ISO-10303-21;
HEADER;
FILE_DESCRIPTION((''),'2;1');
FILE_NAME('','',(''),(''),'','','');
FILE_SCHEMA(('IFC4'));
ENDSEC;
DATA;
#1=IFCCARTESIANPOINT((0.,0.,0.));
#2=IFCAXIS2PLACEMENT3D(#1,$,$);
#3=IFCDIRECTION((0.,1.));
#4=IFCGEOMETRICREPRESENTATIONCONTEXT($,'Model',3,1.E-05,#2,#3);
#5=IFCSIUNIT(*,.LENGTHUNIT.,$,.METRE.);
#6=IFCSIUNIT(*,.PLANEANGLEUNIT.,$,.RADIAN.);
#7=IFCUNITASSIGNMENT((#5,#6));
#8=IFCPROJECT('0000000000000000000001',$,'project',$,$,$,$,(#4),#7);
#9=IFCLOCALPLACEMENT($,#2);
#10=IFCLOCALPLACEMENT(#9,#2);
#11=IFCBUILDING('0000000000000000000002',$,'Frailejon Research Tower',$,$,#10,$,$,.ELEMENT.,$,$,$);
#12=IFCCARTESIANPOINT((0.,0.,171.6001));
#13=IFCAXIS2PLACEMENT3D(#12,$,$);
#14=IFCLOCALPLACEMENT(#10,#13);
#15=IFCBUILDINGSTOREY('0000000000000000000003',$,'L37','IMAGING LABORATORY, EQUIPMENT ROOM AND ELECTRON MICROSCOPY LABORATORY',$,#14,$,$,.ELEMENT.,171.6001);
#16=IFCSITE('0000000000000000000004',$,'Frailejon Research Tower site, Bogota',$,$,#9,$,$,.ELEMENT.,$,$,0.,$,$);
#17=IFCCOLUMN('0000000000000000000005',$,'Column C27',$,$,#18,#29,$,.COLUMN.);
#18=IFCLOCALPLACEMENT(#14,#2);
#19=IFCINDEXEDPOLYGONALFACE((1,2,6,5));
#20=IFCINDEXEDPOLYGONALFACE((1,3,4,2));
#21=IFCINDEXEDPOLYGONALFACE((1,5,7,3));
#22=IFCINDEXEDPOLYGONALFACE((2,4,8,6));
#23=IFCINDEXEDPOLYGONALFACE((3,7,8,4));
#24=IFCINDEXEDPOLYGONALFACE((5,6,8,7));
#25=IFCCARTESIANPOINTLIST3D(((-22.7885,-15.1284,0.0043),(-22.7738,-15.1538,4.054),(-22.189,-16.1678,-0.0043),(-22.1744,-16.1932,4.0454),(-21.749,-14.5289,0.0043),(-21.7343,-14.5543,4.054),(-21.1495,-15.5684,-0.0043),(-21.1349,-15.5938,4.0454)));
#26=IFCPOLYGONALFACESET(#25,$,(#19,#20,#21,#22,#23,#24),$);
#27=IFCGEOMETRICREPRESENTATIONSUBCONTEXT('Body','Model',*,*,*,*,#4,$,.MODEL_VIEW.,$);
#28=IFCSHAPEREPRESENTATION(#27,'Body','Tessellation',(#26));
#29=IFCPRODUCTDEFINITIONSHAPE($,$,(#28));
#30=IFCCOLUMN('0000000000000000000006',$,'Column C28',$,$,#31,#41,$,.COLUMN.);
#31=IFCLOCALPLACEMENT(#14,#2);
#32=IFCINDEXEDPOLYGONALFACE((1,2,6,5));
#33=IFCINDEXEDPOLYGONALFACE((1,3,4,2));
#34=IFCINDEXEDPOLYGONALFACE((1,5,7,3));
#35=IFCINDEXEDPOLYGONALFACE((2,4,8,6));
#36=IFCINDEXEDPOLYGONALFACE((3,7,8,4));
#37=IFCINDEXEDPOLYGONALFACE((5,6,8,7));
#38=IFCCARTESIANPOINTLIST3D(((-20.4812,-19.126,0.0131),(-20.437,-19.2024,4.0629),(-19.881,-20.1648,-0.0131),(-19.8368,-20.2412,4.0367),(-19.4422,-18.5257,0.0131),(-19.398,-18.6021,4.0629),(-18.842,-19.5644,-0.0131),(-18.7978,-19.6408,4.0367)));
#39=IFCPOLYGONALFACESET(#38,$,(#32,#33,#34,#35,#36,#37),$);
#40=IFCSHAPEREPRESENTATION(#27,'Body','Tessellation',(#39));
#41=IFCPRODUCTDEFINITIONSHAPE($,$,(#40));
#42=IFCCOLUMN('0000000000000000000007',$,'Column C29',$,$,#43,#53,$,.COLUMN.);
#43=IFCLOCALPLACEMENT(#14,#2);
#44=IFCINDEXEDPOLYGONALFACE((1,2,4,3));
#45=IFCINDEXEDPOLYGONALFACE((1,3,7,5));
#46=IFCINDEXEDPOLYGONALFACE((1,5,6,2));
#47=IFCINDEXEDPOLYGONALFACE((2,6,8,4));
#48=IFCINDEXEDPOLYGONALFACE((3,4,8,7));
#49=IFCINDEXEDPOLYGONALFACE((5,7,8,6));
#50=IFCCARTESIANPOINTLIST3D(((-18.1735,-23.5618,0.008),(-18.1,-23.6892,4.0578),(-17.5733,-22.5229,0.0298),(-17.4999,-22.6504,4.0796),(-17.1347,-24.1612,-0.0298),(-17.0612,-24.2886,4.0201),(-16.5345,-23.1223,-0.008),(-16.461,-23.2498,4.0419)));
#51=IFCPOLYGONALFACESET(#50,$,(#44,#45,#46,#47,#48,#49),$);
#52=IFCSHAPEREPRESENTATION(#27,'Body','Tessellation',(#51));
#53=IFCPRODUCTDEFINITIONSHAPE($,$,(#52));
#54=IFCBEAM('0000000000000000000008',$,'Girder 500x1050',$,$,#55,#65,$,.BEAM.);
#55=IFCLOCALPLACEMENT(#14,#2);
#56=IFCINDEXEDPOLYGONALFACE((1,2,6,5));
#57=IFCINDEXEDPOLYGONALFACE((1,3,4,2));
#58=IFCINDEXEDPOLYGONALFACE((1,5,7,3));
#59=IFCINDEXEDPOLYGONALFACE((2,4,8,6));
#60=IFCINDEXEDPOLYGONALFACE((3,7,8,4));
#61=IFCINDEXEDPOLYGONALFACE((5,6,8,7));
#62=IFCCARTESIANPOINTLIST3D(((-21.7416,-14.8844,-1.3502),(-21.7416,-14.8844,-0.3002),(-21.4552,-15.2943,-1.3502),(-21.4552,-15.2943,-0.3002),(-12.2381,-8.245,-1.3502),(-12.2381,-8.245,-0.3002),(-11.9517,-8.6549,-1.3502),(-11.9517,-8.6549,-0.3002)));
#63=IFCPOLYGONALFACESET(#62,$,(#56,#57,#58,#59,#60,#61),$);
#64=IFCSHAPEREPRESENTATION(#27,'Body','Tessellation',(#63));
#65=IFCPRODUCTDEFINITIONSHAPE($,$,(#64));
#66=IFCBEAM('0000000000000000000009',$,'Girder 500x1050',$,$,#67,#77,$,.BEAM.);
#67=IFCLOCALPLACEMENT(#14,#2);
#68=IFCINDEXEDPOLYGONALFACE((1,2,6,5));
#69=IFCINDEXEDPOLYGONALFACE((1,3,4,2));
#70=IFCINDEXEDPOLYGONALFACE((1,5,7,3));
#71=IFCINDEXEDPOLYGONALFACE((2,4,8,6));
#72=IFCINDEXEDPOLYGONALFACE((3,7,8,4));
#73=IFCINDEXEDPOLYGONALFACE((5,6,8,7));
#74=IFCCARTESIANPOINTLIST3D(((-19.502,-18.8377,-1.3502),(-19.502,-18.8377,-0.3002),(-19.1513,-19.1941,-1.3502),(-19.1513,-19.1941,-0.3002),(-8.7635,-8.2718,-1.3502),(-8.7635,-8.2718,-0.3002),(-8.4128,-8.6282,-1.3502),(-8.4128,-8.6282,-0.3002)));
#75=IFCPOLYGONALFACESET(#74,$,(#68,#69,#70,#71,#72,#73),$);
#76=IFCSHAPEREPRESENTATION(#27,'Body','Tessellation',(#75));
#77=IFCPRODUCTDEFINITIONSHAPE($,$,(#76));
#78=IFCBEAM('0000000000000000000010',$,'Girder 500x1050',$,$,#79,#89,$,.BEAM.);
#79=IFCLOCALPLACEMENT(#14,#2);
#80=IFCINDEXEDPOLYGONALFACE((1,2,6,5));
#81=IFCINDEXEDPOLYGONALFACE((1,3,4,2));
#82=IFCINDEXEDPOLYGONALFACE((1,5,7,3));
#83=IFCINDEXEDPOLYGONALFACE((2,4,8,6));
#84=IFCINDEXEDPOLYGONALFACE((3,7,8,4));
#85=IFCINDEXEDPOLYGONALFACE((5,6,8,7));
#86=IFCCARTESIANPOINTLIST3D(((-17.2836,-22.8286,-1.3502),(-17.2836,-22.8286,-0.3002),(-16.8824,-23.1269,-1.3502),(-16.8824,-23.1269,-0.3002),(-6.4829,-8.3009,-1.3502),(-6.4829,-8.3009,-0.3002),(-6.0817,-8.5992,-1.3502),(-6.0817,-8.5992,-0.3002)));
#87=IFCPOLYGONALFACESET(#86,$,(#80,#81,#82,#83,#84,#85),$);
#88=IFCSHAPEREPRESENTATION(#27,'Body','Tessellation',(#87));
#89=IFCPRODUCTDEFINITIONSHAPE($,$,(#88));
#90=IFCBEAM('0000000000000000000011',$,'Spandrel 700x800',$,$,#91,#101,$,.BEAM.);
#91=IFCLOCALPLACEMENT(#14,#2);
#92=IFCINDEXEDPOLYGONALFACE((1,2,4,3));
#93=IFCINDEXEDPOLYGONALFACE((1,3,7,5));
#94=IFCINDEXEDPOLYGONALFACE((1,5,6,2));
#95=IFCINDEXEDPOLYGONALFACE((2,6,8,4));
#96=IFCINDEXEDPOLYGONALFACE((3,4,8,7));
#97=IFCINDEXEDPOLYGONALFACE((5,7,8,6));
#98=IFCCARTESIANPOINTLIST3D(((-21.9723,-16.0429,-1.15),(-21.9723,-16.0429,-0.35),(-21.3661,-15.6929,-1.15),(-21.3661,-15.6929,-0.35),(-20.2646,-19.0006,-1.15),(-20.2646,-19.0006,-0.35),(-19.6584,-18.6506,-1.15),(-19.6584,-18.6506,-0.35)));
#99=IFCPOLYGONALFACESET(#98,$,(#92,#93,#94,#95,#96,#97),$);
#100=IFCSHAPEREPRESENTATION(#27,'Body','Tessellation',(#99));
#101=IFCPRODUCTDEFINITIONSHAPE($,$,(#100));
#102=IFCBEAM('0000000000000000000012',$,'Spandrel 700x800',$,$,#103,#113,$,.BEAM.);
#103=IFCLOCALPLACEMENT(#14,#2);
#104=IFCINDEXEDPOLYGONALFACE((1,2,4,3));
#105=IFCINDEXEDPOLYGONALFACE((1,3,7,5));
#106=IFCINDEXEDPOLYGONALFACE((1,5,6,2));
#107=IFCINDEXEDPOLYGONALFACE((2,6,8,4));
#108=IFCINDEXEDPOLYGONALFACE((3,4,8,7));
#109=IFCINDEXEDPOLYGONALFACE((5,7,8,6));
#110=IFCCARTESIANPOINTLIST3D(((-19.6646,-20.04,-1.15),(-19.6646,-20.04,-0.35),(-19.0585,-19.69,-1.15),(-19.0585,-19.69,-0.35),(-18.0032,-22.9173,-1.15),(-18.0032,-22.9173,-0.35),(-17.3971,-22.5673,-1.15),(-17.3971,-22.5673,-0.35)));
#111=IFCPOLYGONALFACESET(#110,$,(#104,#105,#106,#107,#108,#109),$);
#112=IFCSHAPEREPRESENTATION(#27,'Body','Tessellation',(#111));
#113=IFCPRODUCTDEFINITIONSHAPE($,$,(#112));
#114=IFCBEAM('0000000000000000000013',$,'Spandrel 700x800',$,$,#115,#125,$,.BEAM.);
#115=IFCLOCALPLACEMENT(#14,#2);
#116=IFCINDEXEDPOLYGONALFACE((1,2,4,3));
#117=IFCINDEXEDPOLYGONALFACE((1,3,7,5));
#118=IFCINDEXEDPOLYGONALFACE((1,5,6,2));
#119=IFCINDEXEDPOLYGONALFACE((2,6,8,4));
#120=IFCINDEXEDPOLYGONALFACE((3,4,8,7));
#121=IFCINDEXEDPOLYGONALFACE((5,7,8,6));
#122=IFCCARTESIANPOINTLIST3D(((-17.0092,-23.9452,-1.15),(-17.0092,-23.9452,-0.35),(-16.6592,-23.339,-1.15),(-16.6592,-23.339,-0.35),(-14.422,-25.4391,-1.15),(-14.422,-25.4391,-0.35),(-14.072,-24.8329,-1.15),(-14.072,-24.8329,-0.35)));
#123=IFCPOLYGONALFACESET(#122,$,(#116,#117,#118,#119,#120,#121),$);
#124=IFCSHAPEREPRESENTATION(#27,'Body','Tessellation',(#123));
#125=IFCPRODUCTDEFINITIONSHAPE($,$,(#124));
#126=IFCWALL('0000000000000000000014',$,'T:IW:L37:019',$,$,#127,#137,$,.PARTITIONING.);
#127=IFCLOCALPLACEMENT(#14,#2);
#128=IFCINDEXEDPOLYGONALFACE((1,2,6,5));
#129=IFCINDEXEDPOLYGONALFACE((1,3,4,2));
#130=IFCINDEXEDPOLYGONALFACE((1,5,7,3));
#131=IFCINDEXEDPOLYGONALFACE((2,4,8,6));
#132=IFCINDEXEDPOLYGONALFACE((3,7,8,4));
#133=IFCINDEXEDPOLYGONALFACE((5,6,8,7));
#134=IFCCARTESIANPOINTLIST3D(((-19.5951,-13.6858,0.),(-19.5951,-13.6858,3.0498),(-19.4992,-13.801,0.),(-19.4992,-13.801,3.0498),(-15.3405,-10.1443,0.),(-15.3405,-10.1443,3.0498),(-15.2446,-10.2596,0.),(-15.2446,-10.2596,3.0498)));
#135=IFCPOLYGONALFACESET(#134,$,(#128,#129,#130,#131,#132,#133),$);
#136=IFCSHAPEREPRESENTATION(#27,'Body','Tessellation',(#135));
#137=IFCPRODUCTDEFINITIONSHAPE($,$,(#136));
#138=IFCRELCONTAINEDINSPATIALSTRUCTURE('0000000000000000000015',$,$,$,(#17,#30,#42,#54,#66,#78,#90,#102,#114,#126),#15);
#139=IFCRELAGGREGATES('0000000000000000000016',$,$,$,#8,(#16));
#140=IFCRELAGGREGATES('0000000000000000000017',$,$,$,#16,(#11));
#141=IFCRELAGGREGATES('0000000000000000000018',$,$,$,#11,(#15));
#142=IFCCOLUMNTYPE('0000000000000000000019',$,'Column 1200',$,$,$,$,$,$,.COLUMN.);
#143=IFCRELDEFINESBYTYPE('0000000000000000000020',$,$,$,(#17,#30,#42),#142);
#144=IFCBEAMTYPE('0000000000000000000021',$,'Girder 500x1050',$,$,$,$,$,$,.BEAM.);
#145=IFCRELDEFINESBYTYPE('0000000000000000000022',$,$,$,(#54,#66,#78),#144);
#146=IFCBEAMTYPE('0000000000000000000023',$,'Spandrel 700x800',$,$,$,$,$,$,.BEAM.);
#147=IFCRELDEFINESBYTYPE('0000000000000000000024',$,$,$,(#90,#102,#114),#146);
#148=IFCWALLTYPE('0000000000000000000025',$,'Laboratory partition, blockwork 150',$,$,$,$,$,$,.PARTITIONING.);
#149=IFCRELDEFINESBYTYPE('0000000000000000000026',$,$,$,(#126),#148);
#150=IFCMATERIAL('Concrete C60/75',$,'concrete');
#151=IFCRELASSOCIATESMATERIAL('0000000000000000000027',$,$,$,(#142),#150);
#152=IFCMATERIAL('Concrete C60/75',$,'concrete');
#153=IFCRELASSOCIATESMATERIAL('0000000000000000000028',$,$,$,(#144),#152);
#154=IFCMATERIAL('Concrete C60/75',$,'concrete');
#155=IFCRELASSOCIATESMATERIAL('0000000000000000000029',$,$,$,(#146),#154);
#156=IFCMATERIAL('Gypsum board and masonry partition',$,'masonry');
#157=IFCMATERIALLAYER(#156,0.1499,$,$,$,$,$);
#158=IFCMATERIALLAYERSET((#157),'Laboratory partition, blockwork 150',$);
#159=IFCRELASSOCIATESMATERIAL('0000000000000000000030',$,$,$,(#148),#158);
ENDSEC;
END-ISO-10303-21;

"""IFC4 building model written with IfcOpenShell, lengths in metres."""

from ifc_helpers import new_model, si_unit, direction, frame, frame_2d, origin, origin_2d, place, context, subcontext, project, spatial, rectangle, extrude, material, layer, layer_set, material_profile, profile_set, type_object, element, save


model = new_model("IFC4")

# Units and contexts
model_context = context("Model", 3, precision=1e-05, world=origin(), true_north=direction((0.0, 1.0)))
body_context = subcontext(model_context, "Body", "Model", "MODEL_VIEW")
ifc_project = project(units=[si_unit("LENGTHUNIT", "METRE"), si_unit("PLANEANGLEUNIT", "RADIAN")], contexts=[model_context])

# Site, building, storey
site_placement = place(None, origin())
site = spatial("IfcSite", under=ifc_project, at=site_placement, Name="Frailejon Research Tower site, Bogota", CompositionType="ELEMENT", RefElevation=0.0)
building_placement = place(site_placement, origin())
building = spatial("IfcBuilding", under=site, at=building_placement, Name="Frailejon Research Tower", CompositionType="ELEMENT")
storey_placement = place(building_placement, frame((0.0, 0.0, 171.6001)))
storey = spatial("IfcBuildingStorey", under=building, at=storey_placement, Name="L37", Description="IMAGING LABORATORY, EQUIPMENT ROOM AND ELECTRON MICROSCOPY LABORATORY", CompositionType="ELEMENT", Elevation=171.6001)

# Columns
ifc_material_1 = material(Name="Concrete C60/75", Category="concrete")
ifc_material_profile_1 = material_profile(ifc_material_1, rectangle(XDim=1.2, YDim=1.2, at=origin_2d()), Name="Column 1200")
ifc_profile_set_1 = profile_set([ifc_material_profile_1], Name="Concrete C60/75")
column_type = type_object("IfcColumnType", Name="Column 1200", PredefinedType="COLUMN", material=ifc_profile_set_1)
column_1_placement = place(storey_placement, frame((-21.969, -15.3484, 0.0), z_axis=(0.003617, -0.006269, 0.999974), x_axis=(0.499535, -0.866263, -0.007238)))
element("IfcColumn", 1, at=column_1_placement, inside=storey, type_object=column_type, Name="Column C27", PredefinedType="COLUMN", context=body_context, shape_type="SweptSolid", body=[
    extrude(rectangle(XDim=1.2, YDim=1.2, at=origin_2d()), origin(), (0.0, 0.0, 1.0), 4.0498),
])
column_2_placement = place(storey_placement, frame((-19.6616, -19.3452, 0.0), z_axis=(0.010909, -0.018865, 0.999763), x_axis=(0.500187, -0.865643, -0.021792)))
element("IfcColumn", 2, at=column_2_placement, inside=storey, type_object=column_type, Name="Column C28", PredefinedType="COLUMN", context=body_context, shape_type="SweptSolid", body=[
    extrude(rectangle(XDim=1.2, YDim=1.2, at=origin_2d()), origin(), (0.0, 0.0, 1.0), 4.0508),
])
column_3_placement = place(storey_placement, frame((-17.354, -23.342, 0.0), z_axis=(0.018134, -0.031448, 0.999341), x_axis=(0.865741, -0.499505, -0.031428)))
element("IfcColumn", 3, at=column_3_placement, inside=storey, type_object=column_type, Name="Column C29", PredefinedType="COLUMN", context=body_context, shape_type="SweptSolid", body=[
    extrude(rectangle(XDim=1.2, YDim=1.2, at=origin_2d()), origin(), (0.0, 0.0, 1.0), 4.0525),
])

# Beams
ifc_material_2 = material(Name="Concrete C60/75", Category="concrete")
ifc_material_profile_2 = material_profile(ifc_material_2, rectangle(XDim=0.5, YDim=1.05, at=origin_2d()), Name="Girder 500x1050")
ifc_profile_set_2 = profile_set([ifc_material_profile_2], Name="Concrete C60/75")
beam_type_1 = type_object("IfcBeamType", Name="Girder 500x1050", PredefinedType="BEAM", material=ifc_profile_set_2)
beam_1_placement = place(storey_placement, frame((-21.5984, -15.0894, -0.8252), z_axis=(0.819758, 0.57271, 0.0), x_axis=(-0.57271, 0.819758, 0.0)))
element("IfcBeam", 4, at=beam_1_placement, inside=storey, type_object=beam_type_1, Name="Girder 500x1050", PredefinedType="BEAM", context=body_context, shape_type="SweptSolid", body=[
    extrude(rectangle(XDim=0.5, YDim=1.05, at=origin_2d()), origin(), (0.0, 0.0, 1.0), 11.593),
])
beam_2_placement = place(storey_placement, frame((-19.3267, -19.0159, -0.8252), z_axis=(0.712812, 0.701355, 0.0), x_axis=(-0.701355, 0.712812, 0.0)))
element("IfcBeam", 5, at=beam_2_placement, inside=storey, type_object=beam_type_1, Name="Girder 500x1050", PredefinedType="BEAM", context=body_context, shape_type="SweptSolid", body=[
    extrude(rectangle(XDim=0.5, YDim=1.05, at=origin_2d()), origin(), (0.0, 0.0, 1.0), 15.0649),
])
beam_3_placement = place(storey_placement, frame((-17.083, -22.9778, -0.8252), z_axis=(0.596633, 0.802514, 0.0), x_axis=(-0.802514, 0.596633, 0.0)))
element("IfcBeam", 6, at=beam_3_placement, inside=storey, type_object=beam_type_1, Name="Girder 500x1050", PredefinedType="BEAM", context=body_context, shape_type="SweptSolid", body=[
    extrude(rectangle(XDim=0.5, YDim=1.05, at=origin_2d()), origin(), (0.0, 0.0, 1.0), 18.1028),
])
ifc_material_3 = material(Name="Concrete C60/75", Category="concrete")
ifc_material_profile_3 = material_profile(ifc_material_3, rectangle(XDim=0.7, YDim=0.8, at=origin_2d()), Name="Spandrel 700x800")
ifc_profile_set_3 = profile_set([ifc_material_profile_3], Name="Concrete C60/75")
beam_type_2 = type_object("IfcBeamType", Name="Spandrel 700x800", PredefinedType="BEAM", material=ifc_profile_set_3)
beam_4_placement = place(storey_placement, frame((-21.6692, -15.8679, -0.75), z_axis=(0.500022, -0.866013, 0.0), x_axis=(0.866013, 0.500022, 0.0)))
element("IfcBeam", 7, at=beam_4_placement, inside=storey, type_object=beam_type_2, Name="Spandrel 700x800", PredefinedType="BEAM", context=body_context, shape_type="SweptSolid", body=[
    extrude(rectangle(XDim=0.7, YDim=0.8, at=origin_2d()), origin(), (0.0, 0.0, 1.0), 3.4153),
])
beam_5_placement = place(storey_placement, frame((-19.3616, -19.865, -0.75), z_axis=(0.500051, -0.865996, 0.0), x_axis=(0.865996, 0.500051, 0.0)))
element("IfcBeam", 8, at=beam_5_placement, inside=storey, type_object=beam_type_2, Name="Spandrel 700x800", PredefinedType="BEAM", context=body_context, shape_type="SweptSolid", body=[
    extrude(rectangle(XDim=0.7, YDim=0.8, at=origin_2d()), origin(), (0.0, 0.0, 1.0), 3.3225),
])
beam_6_placement = place(storey_placement, frame((-16.8342, -23.6421, -0.75), z_axis=(0.865996, -0.50005, 0.0), x_axis=(0.50005, 0.865996, 0.0)))
element("IfcBeam", 9, at=beam_6_placement, inside=storey, type_object=beam_type_2, Name="Spandrel 700x800", PredefinedType="BEAM", context=body_context, shape_type="SweptSolid", body=[
    extrude(rectangle(XDim=0.7, YDim=0.8, at=origin_2d()), origin(), (0.0, 0.0, 1.0), 2.9875),
])

# Wall
ifc_material_4 = material(Name="Gypsum board and masonry partition", Category="masonry")
ifc_layer_1 = layer(ifc_material_4, 0.1499)
ifc_layer_set_1 = layer_set([ifc_layer_1], Name="Laboratory partition, blockwork 150")
wall_type_1 = type_object("IfcWallType", Name="Laboratory partition, blockwork 150", PredefinedType="PARTITIONING", material=ifc_layer_set_1)
wall_1_placement = place(storey_placement, frame((-19.5471, -13.7434, 0.0), z_axis=(0.0, 0.0, 1.0), x_axis=(0.768579, 0.639755, 0.0)))
element("IfcWall", 10, at=wall_1_placement, inside=storey, type_object=wall_type_1, Name="T:IW:L37:019", PredefinedType="PARTITIONING", context=body_context, shape_type="SweptSolid", body=[
    extrude(rectangle(XDim=5.5356, YDim=0.1499, at=frame_2d((2.7678, 0.0))), origin(), (0.0, 0.0, 1.0), 3.0498),
])

save(model, "model.ifc")
